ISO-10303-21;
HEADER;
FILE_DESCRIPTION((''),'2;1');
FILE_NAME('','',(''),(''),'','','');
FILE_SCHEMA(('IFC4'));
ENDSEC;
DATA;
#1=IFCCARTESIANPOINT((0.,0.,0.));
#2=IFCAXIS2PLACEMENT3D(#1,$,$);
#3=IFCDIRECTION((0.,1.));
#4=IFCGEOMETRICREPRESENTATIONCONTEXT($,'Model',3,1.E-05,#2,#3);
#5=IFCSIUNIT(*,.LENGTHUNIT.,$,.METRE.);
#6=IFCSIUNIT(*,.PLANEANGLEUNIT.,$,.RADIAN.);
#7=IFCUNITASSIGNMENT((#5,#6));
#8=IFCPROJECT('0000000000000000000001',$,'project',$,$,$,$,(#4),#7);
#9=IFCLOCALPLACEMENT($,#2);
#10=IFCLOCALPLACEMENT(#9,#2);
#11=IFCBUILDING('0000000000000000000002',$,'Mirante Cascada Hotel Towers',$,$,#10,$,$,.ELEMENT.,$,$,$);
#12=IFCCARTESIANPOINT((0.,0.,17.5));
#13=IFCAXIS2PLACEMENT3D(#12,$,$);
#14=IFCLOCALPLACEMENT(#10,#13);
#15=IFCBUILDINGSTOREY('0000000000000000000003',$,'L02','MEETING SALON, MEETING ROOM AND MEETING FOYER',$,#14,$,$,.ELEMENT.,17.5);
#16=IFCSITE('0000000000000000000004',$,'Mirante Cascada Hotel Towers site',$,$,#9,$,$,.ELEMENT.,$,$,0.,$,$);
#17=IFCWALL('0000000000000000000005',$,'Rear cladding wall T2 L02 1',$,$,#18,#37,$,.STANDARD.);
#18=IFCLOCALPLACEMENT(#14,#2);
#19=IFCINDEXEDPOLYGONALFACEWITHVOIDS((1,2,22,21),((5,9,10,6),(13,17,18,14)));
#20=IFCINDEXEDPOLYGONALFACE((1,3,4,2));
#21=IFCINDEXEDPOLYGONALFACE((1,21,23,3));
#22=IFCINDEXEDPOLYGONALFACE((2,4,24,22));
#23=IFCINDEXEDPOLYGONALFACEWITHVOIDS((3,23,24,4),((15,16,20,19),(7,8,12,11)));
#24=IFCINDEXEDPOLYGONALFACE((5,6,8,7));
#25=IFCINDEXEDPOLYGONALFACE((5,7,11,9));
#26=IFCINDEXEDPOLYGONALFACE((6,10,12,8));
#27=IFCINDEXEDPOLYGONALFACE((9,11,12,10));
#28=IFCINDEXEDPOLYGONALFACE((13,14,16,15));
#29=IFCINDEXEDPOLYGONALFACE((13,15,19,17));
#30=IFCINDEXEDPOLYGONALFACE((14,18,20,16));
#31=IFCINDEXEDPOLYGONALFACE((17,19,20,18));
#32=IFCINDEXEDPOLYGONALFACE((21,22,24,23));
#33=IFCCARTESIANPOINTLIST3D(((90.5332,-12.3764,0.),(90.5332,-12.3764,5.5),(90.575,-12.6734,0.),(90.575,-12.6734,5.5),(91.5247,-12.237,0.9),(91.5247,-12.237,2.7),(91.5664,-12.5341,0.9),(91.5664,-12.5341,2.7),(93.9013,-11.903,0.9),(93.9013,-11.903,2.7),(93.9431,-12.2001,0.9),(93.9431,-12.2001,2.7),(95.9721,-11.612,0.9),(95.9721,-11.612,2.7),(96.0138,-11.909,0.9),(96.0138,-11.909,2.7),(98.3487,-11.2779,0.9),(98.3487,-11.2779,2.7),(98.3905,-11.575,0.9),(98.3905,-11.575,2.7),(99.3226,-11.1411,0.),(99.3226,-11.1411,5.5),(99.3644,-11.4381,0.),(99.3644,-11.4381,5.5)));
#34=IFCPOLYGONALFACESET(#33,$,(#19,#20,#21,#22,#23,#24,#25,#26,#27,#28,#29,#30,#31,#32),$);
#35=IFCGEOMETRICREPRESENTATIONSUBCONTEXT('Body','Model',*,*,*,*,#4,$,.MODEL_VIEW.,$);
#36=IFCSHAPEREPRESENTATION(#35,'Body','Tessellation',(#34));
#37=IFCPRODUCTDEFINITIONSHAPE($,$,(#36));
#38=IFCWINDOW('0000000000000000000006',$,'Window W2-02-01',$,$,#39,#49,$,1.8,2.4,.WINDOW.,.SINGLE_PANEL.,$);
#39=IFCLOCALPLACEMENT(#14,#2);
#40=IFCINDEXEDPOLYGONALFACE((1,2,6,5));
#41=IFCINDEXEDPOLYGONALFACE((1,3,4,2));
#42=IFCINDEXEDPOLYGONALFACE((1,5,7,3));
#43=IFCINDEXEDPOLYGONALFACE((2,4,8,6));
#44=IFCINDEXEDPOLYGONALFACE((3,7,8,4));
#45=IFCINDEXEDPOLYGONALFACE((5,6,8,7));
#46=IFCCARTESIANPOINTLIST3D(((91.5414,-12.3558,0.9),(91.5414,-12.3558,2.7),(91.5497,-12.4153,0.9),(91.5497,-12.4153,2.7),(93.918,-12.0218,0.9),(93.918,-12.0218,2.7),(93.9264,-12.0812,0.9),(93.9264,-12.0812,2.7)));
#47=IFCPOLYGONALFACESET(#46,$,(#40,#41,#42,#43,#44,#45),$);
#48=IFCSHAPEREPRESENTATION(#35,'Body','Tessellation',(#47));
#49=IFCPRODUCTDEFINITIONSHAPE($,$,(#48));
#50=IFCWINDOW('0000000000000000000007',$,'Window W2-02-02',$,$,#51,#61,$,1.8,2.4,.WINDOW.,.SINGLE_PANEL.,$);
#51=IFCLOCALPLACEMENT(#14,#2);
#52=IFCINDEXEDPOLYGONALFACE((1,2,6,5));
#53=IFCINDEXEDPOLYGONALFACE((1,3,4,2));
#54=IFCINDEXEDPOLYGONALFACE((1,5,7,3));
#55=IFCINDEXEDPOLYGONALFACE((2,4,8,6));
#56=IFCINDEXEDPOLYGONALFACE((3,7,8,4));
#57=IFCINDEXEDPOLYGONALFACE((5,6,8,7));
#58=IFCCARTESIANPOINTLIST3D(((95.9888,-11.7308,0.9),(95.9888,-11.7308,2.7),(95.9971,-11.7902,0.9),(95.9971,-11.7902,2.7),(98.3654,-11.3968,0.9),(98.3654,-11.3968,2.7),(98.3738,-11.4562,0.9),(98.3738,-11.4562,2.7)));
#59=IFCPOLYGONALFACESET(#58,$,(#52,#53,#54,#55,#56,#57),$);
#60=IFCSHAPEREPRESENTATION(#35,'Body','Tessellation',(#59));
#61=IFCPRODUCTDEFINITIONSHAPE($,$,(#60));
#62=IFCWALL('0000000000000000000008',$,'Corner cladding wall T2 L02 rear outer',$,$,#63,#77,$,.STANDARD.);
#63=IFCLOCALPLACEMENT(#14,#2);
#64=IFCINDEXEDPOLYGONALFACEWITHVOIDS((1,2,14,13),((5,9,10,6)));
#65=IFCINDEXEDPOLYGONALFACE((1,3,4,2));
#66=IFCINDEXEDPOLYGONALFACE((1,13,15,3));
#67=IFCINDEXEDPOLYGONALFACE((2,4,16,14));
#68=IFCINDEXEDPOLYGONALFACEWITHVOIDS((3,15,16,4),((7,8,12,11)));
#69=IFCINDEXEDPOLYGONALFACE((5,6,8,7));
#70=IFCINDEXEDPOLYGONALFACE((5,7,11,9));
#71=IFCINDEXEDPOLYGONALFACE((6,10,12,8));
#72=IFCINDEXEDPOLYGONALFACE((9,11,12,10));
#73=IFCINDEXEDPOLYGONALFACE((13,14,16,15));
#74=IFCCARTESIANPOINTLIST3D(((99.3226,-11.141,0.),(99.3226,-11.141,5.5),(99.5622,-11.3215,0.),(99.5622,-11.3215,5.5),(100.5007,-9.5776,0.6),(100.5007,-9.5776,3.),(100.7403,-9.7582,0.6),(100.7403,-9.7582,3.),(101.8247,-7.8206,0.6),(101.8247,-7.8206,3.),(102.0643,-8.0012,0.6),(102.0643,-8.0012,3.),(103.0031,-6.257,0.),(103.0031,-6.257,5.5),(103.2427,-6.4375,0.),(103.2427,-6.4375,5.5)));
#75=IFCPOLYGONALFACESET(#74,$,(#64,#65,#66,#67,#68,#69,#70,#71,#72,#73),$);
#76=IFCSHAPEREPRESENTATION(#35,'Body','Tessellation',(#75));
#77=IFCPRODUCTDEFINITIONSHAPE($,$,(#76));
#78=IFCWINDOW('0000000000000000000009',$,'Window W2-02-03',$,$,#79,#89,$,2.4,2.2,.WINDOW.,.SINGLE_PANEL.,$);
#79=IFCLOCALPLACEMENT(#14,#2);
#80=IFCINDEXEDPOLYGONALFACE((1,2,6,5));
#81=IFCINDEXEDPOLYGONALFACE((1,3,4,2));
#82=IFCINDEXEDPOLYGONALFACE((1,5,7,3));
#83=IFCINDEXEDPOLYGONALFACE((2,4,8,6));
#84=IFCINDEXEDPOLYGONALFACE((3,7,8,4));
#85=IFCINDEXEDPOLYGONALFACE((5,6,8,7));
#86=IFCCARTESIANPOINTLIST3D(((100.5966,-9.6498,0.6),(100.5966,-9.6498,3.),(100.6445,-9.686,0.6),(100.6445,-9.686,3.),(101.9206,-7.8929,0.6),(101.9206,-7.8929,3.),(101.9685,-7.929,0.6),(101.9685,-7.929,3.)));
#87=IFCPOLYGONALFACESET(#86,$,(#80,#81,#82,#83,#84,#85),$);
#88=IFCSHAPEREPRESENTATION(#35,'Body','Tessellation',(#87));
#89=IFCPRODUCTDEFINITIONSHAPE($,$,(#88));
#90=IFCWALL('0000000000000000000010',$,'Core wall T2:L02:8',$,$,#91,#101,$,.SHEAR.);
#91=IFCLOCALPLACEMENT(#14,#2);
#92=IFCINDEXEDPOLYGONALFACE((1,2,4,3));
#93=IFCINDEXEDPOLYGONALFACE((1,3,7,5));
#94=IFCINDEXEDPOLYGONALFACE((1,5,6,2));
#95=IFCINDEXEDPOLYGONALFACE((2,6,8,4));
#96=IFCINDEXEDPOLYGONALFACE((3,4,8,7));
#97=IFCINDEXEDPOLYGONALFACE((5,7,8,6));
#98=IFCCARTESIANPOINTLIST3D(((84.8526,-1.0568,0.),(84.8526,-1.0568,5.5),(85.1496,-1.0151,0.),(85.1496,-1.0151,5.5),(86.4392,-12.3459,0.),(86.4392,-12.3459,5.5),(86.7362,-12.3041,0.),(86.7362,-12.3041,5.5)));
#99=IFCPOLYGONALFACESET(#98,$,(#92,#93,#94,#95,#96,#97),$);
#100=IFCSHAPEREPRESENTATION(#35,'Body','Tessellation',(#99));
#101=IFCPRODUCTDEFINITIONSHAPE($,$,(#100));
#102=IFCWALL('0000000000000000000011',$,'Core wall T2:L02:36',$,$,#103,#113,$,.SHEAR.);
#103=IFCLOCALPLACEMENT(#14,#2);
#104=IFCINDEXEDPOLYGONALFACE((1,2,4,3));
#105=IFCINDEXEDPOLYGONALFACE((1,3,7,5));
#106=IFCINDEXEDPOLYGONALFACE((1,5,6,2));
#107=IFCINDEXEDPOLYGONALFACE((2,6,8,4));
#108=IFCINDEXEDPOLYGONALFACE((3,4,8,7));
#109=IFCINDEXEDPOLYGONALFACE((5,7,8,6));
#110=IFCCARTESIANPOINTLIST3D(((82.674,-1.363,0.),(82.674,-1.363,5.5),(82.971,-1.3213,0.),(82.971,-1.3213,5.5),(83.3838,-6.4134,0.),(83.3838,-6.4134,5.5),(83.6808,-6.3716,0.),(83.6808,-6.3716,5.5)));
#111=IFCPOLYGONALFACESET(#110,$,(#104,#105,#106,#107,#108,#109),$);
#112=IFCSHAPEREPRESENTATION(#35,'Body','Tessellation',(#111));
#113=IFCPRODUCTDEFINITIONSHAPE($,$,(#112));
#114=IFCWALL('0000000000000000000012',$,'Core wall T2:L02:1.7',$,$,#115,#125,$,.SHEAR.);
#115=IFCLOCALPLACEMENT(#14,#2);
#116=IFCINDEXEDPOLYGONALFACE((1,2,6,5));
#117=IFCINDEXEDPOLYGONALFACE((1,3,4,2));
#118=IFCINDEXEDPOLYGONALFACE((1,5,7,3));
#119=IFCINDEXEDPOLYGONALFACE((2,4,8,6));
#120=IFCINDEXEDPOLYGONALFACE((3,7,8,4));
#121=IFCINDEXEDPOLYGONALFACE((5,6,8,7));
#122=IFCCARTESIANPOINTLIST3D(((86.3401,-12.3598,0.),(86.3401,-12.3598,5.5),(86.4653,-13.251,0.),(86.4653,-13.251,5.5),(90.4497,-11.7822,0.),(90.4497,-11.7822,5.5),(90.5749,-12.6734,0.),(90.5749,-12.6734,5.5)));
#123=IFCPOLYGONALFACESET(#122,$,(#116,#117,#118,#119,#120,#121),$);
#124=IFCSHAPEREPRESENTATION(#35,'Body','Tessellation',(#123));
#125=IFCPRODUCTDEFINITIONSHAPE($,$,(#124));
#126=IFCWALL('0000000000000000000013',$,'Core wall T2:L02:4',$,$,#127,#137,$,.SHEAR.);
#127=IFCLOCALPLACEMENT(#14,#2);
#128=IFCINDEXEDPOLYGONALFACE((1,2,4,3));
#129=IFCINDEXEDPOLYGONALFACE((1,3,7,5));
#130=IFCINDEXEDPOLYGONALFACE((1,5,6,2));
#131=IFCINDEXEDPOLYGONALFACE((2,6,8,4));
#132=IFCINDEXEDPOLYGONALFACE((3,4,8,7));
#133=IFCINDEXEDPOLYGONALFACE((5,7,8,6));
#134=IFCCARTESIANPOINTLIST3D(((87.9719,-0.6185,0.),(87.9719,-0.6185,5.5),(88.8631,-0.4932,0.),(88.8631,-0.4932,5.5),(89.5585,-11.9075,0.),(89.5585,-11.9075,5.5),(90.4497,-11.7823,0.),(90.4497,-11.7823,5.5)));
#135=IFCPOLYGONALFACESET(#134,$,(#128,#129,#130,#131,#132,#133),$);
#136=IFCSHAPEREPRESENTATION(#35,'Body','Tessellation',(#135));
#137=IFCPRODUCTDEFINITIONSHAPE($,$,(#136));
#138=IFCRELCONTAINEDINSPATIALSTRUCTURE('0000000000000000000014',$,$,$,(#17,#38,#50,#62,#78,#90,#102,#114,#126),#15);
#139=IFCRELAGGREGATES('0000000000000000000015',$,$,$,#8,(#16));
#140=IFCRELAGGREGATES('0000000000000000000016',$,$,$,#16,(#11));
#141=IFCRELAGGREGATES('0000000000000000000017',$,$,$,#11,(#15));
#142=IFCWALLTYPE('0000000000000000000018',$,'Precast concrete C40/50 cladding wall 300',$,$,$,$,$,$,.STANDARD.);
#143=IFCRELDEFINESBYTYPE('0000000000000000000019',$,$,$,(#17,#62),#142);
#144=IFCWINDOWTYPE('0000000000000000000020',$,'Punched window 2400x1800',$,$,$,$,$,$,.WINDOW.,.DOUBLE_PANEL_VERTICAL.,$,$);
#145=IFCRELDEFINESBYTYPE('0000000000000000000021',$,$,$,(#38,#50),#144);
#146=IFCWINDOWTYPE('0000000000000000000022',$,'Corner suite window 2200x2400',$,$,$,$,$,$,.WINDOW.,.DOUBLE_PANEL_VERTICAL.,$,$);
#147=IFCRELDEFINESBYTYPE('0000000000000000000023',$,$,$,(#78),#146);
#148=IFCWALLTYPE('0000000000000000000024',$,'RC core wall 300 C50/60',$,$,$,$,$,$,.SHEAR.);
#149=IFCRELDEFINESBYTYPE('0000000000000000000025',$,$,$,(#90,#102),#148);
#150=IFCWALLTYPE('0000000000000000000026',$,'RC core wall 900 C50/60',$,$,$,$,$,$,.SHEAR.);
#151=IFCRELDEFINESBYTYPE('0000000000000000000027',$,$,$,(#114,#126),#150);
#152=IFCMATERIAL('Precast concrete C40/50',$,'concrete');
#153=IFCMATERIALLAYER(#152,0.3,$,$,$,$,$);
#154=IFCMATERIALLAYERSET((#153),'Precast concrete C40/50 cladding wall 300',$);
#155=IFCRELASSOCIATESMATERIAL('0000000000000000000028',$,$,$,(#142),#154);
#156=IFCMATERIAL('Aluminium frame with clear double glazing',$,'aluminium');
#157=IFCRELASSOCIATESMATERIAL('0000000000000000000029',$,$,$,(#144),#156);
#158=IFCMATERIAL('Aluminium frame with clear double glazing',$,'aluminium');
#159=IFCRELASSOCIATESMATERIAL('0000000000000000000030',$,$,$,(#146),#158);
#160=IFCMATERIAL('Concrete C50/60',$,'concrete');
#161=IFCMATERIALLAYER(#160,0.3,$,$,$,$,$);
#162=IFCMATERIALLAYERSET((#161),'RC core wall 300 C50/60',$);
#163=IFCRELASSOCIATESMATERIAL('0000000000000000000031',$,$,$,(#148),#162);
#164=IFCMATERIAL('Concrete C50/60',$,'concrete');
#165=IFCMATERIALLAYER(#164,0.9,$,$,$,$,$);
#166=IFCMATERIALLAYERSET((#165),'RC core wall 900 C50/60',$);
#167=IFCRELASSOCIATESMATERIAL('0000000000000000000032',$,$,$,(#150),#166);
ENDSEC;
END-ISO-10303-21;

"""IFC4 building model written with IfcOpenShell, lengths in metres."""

from ifc_helpers import new_model, si_unit, direction, frame, frame_2d, origin, place, context, subcontext, project, spatial, rectangle, extrude, material, layer, layer_set, type_object, element, fill, save


model = new_model("IFC4")

# Units and contexts
model_context = context("Model", 3, precision=1e-05, world=origin(), true_north=direction((0.0, 1.0)))
body_context = subcontext(model_context, "Body", "Model", "MODEL_VIEW")
ifc_project = project(units=[si_unit("LENGTHUNIT", "METRE"), si_unit("PLANEANGLEUNIT", "RADIAN")], contexts=[model_context])

# Site, building, storey
site_placement = place(None, origin())
site = spatial("IfcSite", under=ifc_project, at=site_placement, Name="Mirante Cascada Hotel Towers site", CompositionType="ELEMENT", RefElevation=0.0)
building_placement = place(site_placement, origin())
building = spatial("IfcBuilding", under=site, at=building_placement, Name="Mirante Cascada Hotel Towers", CompositionType="ELEMENT")
storey_placement = place(building_placement, frame((0.0, 0.0, 17.5)))
storey = spatial("IfcBuildingStorey", under=building, at=storey_placement, Name="L02", Description="MEETING SALON, MEETING ROOM AND MEETING FOYER", CompositionType="ELEMENT", Elevation=17.5)

# Wall, openings, windows
ifc_material_1 = material(Name="Precast concrete C40/50", Category="concrete")
ifc_layer_1 = layer(ifc_material_1, 0.3)
ifc_layer_set_1 = layer_set([ifc_layer_1], Name="Precast concrete C40/50 cladding wall 300")
wall_type_1 = type_object("IfcWallType", Name="Precast concrete C40/50 cladding wall 300", PredefinedType="STANDARD", material=ifc_layer_set_1)
wall_1_placement = place(storey_placement, frame((90.5541, -12.5249, 0.0), z_axis=(0.0, 0.0, 1.0), x_axis=(0.990268, 0.139177, 0.0)))
wall_1 = element("IfcWall", 1, at=wall_1_placement, inside=storey, type_object=wall_type_1, Name="Rear cladding wall T2 L02 1", PredefinedType="STANDARD", context=body_context, shape_type="SweptSolid", body=[
    extrude(rectangle(XDim=8.8758, YDim=0.3, at=frame_2d((4.4379, 0.0))), origin(), (0.0, 0.0, 1.0), 5.5),
])
opening_1_placement = place(wall_1_placement, frame((1.0012, 0.0, 0.9)))
opening_1 = element("IfcOpeningElement", 2, at=opening_1_placement, cuts=wall_1, PredefinedType="OPENING", context=body_context, shape_type="SweptSolid", body=[
    extrude(rectangle(XDim=2.4, YDim=1.8, at=frame_2d((1.2, 0.9))), frame((0.0, 0.15, 0.0), z_axis=(0.0, -1.0, 0.0), x_axis=(1.0, 0.0, 0.0)), (0.0, 0.0, 1.0), 0.3),
])
opening_2_placement = place(wall_1_placement, frame((5.4923, 0.0, 0.9)))
opening_2 = element("IfcOpeningElement", 3, at=opening_2_placement, cuts=wall_1, PredefinedType="OPENING", context=body_context, shape_type="SweptSolid", body=[
    extrude(rectangle(XDim=2.4, YDim=1.8, at=frame_2d((1.2, 0.9))), frame((0.0, 0.15, 0.0), z_axis=(0.0, -1.0, 0.0), x_axis=(1.0, 0.0, 0.0)), (0.0, 0.0, 1.0), 0.3),
])
ifc_material_2 = material(Name="Aluminium frame with clear double glazing", Category="aluminium")
window_type_1 = type_object("IfcWindowType", Name="Punched window 2400x1800", PartitioningType="DOUBLE_PANEL_VERTICAL", PredefinedType="WINDOW", material=ifc_material_2)
window_1_placement = place(opening_1_placement, origin())
window_1 = element("IfcWindow", 4, at=window_1_placement, inside=storey, type_object=window_type_1, Name="Window W2-02-01", OverallHeight=1.8, OverallWidth=2.4, PartitioningType="SINGLE_PANEL", PredefinedType="WINDOW", context=body_context, shape_type="SweptSolid", body=[
    extrude(rectangle(XDim=2.4, YDim=1.8, at=frame_2d((1.2, 0.9))), frame((0.0, 0.03, 0.0), z_axis=(0.0, -1.0, 0.0), x_axis=(1.0, 0.0, 0.0)), (0.0, 0.0, 1.0), 0.06),
])
fill(opening_1, window_1)
window_2_placement = place(opening_2_placement, origin())
window_2 = element("IfcWindow", 5, at=window_2_placement, inside=storey, type_object=window_type_1, Name="Window W2-02-02", OverallHeight=1.8, OverallWidth=2.4, PartitioningType="SINGLE_PANEL", PredefinedType="WINDOW", context=body_context, shape_type="SweptSolid", body=[
    extrude(rectangle(XDim=2.4, YDim=1.8, at=frame_2d((1.2, 0.9))), frame((0.0, 0.03, 0.0), z_axis=(0.0, -1.0, 0.0), x_axis=(1.0, 0.0, 0.0)), (0.0, 0.0, 1.0), 0.06),
])
fill(opening_2, window_2)

# Wall, opening, window
wall_2_placement = place(storey_placement, frame((99.4424, -11.2313, 0.0), z_axis=(0.0, 0.0, 1.0), x_axis=(0.601819, 0.798632, 0.0)))
wall_2 = element("IfcWall", 6, at=wall_2_placement, inside=storey, type_object=wall_type_1, Name="Corner cladding wall T2 L02 rear outer", PredefinedType="STANDARD", context=body_context, shape_type="SweptSolid", body=[
    extrude(rectangle(XDim=6.1155, YDim=0.3, at=frame_2d((3.0578, 0.0))), origin(), (0.0, 0.0, 1.0), 5.5),
])
opening_3_placement = place(wall_2_placement, frame((1.9576, 0.0, 0.6)))
opening_3 = element("IfcOpeningElement", 7, at=opening_3_placement, cuts=wall_2, PredefinedType="OPENING", context=body_context, shape_type="SweptSolid", body=[
    extrude(rectangle(XDim=2.2, YDim=2.4, at=frame_2d((1.1, 1.2))), frame((0.0, 0.15, 0.0), z_axis=(0.0, -1.0, 0.0), x_axis=(1.0, 0.0, 0.0)), (0.0, 0.0, 1.0), 0.3),
])
ifc_material_3 = material(Name="Aluminium frame with clear double glazing", Category="aluminium")
window_type_2 = type_object("IfcWindowType", Name="Corner suite window 2200x2400", PartitioningType="DOUBLE_PANEL_VERTICAL", PredefinedType="WINDOW", material=ifc_material_3)
window_3_placement = place(opening_3_placement, origin())
window_3 = element("IfcWindow", 8, at=window_3_placement, inside=storey, type_object=window_type_2, Name="Window W2-02-03", OverallHeight=2.4, OverallWidth=2.2, PartitioningType="SINGLE_PANEL", PredefinedType="WINDOW", context=body_context, shape_type="SweptSolid", body=[
    extrude(rectangle(XDim=2.2, YDim=2.4, at=frame_2d((1.1, 1.2))), frame((0.0, 0.03, 0.0), z_axis=(0.0, -1.0, 0.0), x_axis=(1.0, 0.0, 0.0)), (0.0, 0.0, 1.0), 0.06),
])
fill(opening_3, window_3)

# Walls
ifc_material_4 = material(Name="Concrete C50/60", Category="concrete")
ifc_layer_2 = layer(ifc_material_4, 0.3)
ifc_layer_set_2 = layer_set([ifc_layer_2], Name="RC core wall 300 C50/60")
wall_type_2 = type_object("IfcWallType", Name="RC core wall 300 C50/60", PredefinedType="SHEAR", material=ifc_layer_set_2)
wall_3_placement = place(storey_placement, frame((86.5877, -12.325, 0.0), z_axis=(0.0, 0.0, 1.0), x_axis=(-0.139175, 0.990268, 0.0)))
element("IfcWall", 9, at=wall_3_placement, inside=storey, type_object=wall_type_2, Name="Core wall T2:L02:8", PredefinedType="SHEAR", context=body_context, shape_type="SweptSolid", body=[
    extrude(rectangle(XDim=11.4, YDim=0.3, at=frame_2d((5.7, 0.0))), origin(), (0.0, 0.0, 1.0), 5.5),
])
wall_4_placement = place(storey_placement, frame((83.5323, -6.3925, 0.0), z_axis=(0.0, 0.0, 1.0), x_axis=(-0.139176, 0.990268, 0.0)))
element("IfcWall", 10, at=wall_4_placement, inside=storey, type_object=wall_type_2, Name="Core wall T2:L02:36", PredefinedType="SHEAR", context=body_context, shape_type="SweptSolid", body=[
    extrude(rectangle(XDim=5.1, YDim=0.3, at=frame_2d((2.55, 0.0))), origin(), (0.0, 0.0, 1.0), 5.5),
])
ifc_material_5 = material(Name="Concrete C50/60", Category="concrete")
ifc_layer_3 = layer(ifc_material_5, 0.9)
ifc_layer_set_3 = layer_set([ifc_layer_3], Name="RC core wall 900 C50/60")
wall_type_3 = type_object("IfcWallType", Name="RC core wall 900 C50/60", PredefinedType="SHEAR", material=ifc_layer_set_3)
wall_5_placement = place(storey_placement, frame((86.4027, -12.8054, 0.0), z_axis=(0.0, 0.0, 1.0), x_axis=(0.990267, 0.139181, 0.0)))
element("IfcWall", 11, at=wall_5_placement, inside=storey, type_object=wall_type_3, Name="Core wall T2:L02:1.7", PredefinedType="SHEAR", context=body_context, shape_type="SweptSolid", body=[
    extrude(rectangle(XDim=4.15, YDim=0.9, at=frame_2d((2.075, 0.0))), origin(), (0.0, 0.0, 1.0), 5.5),
])
wall_6_placement = place(storey_placement, frame((90.0041, -11.8449, 0.0), z_axis=(0.0, 0.0, 1.0), x_axis=(-0.139175, 0.990268, 0.0)))
element("IfcWall", 12, at=wall_6_placement, inside=storey, type_object=wall_type_3, Name="Core wall T2:L02:4", PredefinedType="SHEAR", context=body_context, shape_type="SweptSolid", body=[
    extrude(rectangle(XDim=11.4, YDim=0.9, at=frame_2d((5.7, 0.0))), origin(), (0.0, 0.0, 1.0), 5.5),
])

save(model, "model.ifc")
